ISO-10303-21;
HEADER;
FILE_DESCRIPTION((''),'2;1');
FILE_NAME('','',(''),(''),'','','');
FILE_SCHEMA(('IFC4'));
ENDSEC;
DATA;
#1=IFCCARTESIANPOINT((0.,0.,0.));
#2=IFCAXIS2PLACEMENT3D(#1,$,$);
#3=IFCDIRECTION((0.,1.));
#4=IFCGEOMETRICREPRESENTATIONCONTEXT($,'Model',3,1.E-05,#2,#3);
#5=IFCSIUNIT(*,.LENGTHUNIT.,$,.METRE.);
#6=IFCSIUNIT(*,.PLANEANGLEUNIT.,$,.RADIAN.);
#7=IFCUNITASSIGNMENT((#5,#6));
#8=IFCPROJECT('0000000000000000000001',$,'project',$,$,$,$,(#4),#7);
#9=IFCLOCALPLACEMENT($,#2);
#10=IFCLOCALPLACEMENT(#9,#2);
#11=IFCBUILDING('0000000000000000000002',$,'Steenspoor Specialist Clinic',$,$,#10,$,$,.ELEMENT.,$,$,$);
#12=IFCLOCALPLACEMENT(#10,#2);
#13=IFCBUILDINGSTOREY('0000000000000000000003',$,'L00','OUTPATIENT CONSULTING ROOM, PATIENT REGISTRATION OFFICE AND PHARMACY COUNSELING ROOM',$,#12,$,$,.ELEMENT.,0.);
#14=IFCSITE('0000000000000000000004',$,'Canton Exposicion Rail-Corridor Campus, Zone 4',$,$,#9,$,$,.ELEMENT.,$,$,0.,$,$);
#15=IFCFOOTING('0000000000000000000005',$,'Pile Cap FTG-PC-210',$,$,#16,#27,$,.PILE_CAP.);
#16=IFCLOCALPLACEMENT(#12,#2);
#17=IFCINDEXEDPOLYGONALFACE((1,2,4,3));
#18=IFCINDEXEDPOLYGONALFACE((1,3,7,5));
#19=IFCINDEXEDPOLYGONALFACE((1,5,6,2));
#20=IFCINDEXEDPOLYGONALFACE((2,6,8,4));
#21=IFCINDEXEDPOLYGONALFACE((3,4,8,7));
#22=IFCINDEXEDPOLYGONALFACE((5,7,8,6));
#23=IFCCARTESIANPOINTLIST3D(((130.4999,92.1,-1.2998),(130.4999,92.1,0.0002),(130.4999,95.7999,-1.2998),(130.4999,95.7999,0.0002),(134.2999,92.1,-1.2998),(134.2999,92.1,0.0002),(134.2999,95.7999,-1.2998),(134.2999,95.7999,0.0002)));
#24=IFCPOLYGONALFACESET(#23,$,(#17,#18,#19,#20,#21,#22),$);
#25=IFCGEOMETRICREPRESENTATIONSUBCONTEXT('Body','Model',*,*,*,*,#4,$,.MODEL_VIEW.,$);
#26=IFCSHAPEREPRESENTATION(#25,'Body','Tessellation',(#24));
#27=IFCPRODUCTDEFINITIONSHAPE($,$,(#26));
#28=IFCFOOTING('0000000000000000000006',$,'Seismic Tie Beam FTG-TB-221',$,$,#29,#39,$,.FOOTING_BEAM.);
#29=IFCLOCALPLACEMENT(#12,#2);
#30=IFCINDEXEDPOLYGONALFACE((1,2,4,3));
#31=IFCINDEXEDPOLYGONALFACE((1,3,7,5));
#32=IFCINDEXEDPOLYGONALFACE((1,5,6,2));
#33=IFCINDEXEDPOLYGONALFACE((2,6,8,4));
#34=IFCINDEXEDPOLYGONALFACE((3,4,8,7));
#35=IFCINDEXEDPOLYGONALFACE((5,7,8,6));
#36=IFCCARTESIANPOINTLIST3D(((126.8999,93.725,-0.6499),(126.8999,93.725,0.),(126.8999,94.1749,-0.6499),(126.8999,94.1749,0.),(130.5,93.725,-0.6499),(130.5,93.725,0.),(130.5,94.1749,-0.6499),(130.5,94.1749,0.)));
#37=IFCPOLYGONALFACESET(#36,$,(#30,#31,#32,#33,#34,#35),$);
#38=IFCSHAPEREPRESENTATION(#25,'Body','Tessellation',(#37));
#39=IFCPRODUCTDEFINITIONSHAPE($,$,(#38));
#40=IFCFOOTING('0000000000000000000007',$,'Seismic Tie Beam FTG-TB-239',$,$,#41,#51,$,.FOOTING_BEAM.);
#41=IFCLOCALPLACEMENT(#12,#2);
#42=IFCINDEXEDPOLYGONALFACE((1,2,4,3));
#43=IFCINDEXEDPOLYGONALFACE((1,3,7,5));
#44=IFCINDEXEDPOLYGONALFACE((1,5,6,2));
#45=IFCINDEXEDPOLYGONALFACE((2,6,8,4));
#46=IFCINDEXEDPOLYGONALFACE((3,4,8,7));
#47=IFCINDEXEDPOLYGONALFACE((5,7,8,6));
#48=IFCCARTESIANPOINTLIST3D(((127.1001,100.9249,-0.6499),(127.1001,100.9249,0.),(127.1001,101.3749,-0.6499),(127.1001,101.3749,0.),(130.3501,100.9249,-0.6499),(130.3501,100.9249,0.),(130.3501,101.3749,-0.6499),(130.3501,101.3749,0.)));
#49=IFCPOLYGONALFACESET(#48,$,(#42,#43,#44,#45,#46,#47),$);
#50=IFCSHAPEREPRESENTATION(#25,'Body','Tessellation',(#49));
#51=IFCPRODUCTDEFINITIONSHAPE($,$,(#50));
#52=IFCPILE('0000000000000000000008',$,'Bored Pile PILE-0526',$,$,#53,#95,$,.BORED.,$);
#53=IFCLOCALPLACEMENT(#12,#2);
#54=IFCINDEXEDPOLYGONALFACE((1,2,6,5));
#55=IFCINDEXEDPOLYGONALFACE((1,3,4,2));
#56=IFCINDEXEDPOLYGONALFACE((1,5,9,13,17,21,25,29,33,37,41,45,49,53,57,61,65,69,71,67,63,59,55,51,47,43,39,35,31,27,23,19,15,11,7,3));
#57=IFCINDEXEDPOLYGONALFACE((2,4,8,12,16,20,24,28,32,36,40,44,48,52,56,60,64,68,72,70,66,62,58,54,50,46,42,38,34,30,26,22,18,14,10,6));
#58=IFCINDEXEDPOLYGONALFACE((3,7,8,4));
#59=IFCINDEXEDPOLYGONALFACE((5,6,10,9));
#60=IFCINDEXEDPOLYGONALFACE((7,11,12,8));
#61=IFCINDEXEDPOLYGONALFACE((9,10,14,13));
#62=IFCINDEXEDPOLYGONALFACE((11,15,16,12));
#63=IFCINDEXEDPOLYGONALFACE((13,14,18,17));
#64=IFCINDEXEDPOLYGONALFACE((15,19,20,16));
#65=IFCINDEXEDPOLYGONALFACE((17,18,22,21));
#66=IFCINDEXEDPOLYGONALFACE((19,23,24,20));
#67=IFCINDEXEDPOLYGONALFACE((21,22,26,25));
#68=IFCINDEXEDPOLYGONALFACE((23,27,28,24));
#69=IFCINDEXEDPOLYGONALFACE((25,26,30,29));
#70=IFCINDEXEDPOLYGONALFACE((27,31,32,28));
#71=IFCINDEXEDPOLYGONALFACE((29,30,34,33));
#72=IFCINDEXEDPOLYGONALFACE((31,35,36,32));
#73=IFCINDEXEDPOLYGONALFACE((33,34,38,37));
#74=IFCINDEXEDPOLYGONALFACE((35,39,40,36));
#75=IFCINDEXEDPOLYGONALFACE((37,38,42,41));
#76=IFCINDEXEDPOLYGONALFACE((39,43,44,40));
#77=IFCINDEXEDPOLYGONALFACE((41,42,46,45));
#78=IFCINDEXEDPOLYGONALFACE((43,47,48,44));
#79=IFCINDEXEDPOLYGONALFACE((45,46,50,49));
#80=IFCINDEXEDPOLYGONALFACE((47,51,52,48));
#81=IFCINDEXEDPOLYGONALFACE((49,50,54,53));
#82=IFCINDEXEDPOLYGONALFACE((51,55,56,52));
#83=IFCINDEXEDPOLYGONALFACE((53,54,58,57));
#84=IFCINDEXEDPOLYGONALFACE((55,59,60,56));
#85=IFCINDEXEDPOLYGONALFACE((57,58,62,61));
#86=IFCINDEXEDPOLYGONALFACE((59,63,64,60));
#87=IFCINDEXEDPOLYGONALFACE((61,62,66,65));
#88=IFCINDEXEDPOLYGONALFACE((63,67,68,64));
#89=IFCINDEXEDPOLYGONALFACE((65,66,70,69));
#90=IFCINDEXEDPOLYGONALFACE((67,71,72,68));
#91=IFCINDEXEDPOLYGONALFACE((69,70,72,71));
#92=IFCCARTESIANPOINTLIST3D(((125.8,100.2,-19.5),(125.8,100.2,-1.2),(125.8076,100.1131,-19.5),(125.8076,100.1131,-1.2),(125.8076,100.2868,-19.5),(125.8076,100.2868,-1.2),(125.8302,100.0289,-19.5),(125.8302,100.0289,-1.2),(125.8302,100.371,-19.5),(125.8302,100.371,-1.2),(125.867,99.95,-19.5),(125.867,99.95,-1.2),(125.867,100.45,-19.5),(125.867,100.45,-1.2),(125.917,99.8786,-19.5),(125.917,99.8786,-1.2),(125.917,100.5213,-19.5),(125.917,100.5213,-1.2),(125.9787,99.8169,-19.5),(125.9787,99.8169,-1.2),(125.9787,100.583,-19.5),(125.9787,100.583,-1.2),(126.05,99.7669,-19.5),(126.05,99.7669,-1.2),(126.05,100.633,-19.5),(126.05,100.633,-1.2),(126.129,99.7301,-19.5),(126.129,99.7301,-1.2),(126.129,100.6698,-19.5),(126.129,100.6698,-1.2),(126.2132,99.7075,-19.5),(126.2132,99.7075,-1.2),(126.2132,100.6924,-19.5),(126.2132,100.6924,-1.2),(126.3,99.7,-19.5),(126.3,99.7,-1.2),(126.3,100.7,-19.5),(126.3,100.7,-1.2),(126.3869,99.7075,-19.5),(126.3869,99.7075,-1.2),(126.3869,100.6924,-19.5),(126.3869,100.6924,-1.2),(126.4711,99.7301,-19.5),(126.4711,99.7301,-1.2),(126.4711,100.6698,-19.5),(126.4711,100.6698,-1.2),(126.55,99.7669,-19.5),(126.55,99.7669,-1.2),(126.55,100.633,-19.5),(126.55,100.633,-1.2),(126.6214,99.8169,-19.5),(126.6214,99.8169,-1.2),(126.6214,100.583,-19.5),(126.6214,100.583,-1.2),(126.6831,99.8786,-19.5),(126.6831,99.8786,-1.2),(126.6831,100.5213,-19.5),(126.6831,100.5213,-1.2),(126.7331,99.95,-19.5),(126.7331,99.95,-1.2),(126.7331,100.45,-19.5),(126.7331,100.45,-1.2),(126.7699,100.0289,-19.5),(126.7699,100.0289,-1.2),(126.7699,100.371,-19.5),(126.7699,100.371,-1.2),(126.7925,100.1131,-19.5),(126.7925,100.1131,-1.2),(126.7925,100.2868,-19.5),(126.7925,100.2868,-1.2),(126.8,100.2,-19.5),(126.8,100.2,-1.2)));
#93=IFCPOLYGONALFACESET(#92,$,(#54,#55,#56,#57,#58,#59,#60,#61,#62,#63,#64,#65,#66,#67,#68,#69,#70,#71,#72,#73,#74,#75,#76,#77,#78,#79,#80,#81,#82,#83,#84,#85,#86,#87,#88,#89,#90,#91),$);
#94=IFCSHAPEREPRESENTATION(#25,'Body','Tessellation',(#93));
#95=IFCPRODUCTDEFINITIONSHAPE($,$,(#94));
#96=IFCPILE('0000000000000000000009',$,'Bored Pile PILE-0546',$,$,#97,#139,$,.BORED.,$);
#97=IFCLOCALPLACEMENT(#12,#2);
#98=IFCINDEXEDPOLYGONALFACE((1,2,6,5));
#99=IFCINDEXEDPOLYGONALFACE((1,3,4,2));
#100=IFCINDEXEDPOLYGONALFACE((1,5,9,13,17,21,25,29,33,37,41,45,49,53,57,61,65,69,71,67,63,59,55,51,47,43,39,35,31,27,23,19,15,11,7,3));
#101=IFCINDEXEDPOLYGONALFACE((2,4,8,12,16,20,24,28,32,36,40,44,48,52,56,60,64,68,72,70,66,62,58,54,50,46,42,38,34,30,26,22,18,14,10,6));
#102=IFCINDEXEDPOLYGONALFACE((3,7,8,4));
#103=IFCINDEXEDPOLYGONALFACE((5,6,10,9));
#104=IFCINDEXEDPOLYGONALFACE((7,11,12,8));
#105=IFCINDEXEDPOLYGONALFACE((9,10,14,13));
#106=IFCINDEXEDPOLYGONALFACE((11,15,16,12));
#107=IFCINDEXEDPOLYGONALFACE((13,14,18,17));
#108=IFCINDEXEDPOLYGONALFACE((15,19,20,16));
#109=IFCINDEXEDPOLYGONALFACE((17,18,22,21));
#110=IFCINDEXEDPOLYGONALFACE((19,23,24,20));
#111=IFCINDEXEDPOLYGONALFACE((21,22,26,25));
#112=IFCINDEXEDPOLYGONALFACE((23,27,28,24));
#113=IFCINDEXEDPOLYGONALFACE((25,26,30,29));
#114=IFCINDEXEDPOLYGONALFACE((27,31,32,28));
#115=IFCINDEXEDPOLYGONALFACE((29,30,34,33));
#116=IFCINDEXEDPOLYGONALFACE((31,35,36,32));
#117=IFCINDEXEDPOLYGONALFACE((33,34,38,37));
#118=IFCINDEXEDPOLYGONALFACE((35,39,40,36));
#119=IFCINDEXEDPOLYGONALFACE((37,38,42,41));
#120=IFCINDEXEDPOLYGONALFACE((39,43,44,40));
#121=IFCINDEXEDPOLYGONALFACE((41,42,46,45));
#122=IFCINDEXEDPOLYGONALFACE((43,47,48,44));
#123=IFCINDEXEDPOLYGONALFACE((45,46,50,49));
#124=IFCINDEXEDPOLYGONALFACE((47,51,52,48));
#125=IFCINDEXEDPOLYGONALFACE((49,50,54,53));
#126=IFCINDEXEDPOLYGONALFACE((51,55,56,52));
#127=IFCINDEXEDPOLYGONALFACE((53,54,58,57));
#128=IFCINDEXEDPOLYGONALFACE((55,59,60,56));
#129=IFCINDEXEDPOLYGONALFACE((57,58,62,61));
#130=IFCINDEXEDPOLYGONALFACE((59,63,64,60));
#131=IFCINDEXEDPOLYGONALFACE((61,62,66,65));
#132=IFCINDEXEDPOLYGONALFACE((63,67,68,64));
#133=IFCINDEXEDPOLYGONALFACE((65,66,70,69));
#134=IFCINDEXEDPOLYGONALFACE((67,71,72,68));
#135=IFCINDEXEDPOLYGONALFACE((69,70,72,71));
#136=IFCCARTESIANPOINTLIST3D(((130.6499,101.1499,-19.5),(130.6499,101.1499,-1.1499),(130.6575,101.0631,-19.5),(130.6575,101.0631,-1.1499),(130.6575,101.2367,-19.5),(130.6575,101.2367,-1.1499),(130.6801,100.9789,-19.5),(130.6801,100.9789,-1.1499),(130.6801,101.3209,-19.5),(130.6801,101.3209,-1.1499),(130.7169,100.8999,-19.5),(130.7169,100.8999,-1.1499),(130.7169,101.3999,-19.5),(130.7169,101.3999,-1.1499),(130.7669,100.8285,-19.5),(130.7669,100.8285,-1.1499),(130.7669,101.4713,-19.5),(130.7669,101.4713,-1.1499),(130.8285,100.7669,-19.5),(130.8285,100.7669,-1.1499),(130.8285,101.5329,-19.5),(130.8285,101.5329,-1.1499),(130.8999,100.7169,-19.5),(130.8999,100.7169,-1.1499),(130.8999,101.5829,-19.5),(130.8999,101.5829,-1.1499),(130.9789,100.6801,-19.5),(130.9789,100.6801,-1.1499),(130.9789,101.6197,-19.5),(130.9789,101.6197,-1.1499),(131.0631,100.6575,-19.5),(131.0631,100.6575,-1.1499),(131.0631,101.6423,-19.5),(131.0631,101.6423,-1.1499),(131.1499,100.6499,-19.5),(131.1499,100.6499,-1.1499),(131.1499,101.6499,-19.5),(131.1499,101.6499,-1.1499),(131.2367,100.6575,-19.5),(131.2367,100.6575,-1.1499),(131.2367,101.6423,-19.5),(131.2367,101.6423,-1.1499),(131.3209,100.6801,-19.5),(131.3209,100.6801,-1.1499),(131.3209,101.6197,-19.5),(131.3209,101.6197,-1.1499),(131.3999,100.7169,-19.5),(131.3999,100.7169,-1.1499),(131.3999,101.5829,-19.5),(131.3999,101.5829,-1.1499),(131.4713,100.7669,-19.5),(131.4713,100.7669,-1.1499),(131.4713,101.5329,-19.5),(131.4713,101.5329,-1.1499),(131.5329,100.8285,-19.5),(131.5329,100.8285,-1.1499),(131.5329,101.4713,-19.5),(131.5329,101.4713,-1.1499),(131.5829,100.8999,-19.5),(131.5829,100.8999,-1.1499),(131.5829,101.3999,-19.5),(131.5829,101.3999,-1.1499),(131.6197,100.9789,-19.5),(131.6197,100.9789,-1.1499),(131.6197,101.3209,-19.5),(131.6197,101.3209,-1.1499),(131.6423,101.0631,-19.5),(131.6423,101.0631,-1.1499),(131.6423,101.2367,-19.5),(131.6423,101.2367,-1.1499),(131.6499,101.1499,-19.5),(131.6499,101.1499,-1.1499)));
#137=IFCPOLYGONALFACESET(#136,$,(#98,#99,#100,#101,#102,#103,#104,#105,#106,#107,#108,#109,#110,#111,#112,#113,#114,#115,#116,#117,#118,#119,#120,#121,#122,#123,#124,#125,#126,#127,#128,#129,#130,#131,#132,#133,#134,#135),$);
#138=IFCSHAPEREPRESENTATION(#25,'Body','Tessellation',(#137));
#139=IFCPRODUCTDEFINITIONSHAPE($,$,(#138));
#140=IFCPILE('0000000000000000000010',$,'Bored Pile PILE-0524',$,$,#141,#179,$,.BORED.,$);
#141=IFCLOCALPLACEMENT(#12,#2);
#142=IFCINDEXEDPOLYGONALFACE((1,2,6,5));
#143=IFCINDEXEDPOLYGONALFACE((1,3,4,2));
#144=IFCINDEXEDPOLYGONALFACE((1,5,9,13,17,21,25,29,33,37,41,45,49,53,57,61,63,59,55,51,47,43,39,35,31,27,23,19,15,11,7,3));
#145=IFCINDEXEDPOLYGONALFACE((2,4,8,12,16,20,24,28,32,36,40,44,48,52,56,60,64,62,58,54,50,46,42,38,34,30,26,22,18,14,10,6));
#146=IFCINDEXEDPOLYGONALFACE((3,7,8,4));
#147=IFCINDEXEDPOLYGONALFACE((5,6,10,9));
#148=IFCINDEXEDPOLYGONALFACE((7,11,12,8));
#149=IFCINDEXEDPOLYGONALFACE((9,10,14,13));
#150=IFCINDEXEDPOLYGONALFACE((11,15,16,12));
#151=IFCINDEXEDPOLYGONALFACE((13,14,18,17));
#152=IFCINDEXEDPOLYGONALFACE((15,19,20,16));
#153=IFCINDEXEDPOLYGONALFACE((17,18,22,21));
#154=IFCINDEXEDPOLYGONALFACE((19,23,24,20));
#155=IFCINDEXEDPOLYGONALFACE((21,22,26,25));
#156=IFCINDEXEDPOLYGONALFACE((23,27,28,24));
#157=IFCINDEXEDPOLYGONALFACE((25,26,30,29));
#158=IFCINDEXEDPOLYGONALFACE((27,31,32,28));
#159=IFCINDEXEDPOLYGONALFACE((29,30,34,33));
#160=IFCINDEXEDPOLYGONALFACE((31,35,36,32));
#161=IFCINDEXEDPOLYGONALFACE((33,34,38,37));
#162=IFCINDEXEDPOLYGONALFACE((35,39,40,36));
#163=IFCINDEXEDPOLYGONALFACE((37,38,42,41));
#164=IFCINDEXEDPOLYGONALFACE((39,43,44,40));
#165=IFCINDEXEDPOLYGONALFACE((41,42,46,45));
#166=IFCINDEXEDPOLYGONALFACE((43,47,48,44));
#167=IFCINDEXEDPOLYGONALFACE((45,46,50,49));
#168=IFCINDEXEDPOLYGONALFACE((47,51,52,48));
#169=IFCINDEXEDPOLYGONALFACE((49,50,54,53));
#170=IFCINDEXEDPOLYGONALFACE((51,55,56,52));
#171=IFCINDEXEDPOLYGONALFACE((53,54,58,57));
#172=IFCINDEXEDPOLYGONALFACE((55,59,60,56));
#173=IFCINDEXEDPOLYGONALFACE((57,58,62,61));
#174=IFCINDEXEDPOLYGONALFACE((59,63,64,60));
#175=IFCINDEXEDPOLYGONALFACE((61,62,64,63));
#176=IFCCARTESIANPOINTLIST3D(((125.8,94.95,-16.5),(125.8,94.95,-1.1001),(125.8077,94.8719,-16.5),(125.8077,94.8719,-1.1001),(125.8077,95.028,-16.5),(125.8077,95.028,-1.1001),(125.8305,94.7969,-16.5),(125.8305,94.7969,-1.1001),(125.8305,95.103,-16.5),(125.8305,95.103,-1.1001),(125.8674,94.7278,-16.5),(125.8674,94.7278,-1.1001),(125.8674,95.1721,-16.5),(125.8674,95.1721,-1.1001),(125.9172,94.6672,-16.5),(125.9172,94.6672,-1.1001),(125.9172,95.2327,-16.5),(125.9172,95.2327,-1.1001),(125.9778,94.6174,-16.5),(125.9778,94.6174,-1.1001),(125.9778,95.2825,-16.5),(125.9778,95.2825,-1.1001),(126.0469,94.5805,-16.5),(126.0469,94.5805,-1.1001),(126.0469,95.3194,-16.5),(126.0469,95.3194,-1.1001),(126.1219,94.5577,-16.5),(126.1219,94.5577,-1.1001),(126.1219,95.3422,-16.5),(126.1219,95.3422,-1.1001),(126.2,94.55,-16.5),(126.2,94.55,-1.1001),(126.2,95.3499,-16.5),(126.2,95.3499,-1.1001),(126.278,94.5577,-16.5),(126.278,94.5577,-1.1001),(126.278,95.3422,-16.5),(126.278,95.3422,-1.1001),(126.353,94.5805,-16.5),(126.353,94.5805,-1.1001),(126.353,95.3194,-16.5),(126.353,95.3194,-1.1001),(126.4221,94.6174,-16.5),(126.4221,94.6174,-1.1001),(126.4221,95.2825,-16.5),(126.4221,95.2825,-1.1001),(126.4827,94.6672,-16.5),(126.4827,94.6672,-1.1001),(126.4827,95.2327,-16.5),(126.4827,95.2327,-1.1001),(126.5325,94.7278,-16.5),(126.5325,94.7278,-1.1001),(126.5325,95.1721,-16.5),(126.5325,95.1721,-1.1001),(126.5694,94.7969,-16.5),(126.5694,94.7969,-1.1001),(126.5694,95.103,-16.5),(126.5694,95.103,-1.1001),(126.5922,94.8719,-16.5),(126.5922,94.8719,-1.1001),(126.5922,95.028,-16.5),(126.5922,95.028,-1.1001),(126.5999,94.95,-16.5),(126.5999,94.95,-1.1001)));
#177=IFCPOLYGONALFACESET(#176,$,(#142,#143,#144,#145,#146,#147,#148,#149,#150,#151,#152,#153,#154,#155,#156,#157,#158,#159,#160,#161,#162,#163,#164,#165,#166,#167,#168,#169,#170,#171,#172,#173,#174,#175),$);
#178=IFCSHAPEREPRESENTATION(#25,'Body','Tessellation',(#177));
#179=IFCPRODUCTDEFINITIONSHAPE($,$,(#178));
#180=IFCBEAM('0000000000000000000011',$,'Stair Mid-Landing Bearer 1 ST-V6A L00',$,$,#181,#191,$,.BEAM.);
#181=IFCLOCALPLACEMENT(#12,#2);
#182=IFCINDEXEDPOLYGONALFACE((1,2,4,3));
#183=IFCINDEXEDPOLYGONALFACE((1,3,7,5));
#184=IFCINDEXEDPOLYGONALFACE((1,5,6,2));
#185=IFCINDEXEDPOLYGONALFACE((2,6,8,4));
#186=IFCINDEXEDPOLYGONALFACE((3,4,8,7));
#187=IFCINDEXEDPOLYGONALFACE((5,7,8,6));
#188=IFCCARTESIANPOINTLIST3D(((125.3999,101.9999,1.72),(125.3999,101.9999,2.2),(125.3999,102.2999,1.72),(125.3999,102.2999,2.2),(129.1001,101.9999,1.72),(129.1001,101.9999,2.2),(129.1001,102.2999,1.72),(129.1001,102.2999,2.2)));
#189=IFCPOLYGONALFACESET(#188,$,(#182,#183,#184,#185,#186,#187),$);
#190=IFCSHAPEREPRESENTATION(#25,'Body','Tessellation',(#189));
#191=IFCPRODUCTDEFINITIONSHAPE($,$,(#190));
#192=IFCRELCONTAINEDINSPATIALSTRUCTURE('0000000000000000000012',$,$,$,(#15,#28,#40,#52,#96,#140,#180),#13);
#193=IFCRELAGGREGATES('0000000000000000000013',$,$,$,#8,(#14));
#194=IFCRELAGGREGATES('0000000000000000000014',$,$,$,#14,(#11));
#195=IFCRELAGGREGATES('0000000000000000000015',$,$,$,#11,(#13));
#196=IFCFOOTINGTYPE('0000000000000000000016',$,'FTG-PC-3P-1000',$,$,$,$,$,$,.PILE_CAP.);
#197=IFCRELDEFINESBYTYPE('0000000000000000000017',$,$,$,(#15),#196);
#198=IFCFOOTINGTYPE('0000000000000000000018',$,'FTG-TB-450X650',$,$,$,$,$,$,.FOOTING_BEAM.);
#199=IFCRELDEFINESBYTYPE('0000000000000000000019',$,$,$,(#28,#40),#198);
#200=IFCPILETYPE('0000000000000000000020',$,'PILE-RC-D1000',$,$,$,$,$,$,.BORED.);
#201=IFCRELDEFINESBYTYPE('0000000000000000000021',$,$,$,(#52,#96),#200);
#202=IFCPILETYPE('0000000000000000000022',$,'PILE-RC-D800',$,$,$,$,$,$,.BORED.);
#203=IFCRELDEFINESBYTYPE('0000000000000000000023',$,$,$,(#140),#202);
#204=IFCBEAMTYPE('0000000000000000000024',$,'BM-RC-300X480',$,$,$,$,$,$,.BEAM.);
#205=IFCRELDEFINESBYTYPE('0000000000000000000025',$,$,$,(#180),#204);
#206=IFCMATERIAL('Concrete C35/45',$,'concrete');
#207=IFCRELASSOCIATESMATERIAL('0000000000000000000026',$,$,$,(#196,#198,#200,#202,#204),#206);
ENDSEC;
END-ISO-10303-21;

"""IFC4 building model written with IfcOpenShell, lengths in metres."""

from ifc_helpers import new_model, si_unit, direction, frame, origin, origin_2d, place, context, subcontext, project, spatial, rectangle, circle, extrude, material, material_profile, profile_set, type_object, element, save


model = new_model("IFC4")

# Units and contexts
model_context = context("Model", 3, precision=1e-05, world=origin(), true_north=direction((0.0, 1.0)))
body_context = subcontext(model_context, "Body", "Model", "MODEL_VIEW")
ifc_project = project(units=[si_unit("LENGTHUNIT", "METRE"), si_unit("PLANEANGLEUNIT", "RADIAN")], contexts=[model_context])

# Site, building, storey
site_placement = place(None, origin())
site = spatial("IfcSite", under=ifc_project, at=site_placement, Name="Canton Exposicion Rail-Corridor Campus, Zone 4", CompositionType="ELEMENT", RefElevation=0.0)
building_placement = place(site_placement, origin())
building = spatial("IfcBuilding", under=site, at=building_placement, Name="Steenspoor Specialist Clinic", CompositionType="ELEMENT")
storey_placement = place(building_placement, origin())
storey = spatial("IfcBuildingStorey", under=building, at=storey_placement, Name="L00", Description="OUTPATIENT CONSULTING ROOM, PATIENT REGISTRATION OFFICE AND PHARMACY COUNSELING ROOM", CompositionType="ELEMENT", Elevation=0.0)

# Footings
ifc_material_1 = material(Name="Concrete C35/45", Category="concrete")
footing_type_1 = type_object("IfcFootingType", Name="FTG-PC-3P-1000", PredefinedType="PILE_CAP", material=ifc_material_1)
footing_1_placement = place(storey_placement, frame((132.3999, 93.95, -1.2998), z_axis=(0.0, 0.0, 1.0), x_axis=(1.0, 0.0, 0.0)))
element("IfcFooting", 1, at=footing_1_placement, inside=storey, type_object=footing_type_1, Name="Pile Cap FTG-PC-210", PredefinedType="PILE_CAP", context=body_context, shape_type="SweptSolid", body=[
    extrude(rectangle(XDim=3.8, YDim=3.7, at=origin_2d()), origin(), (0.0, 0.0, 1.0), 1.3),
])
footing_type_2 = type_object("IfcFootingType", Name="FTG-TB-450X650", PredefinedType="FOOTING_BEAM", material=ifc_material_1)
footing_2_placement = place(storey_placement, frame((128.7, 93.95, -0.6499), z_axis=(0.0, 0.0, 1.0), x_axis=(1.0, 0.0, 0.0)))
element("IfcFooting", 2, at=footing_2_placement, inside=storey, type_object=footing_type_2, Name="Seismic Tie Beam FTG-TB-221", PredefinedType="FOOTING_BEAM", context=body_context, shape_type="SweptSolid", body=[
    extrude(rectangle(XDim=3.6001, YDim=0.45, at=origin_2d()), origin(), (0.0, 0.0, 1.0), 0.6499),
])
footing_3_placement = place(storey_placement, frame((128.7251, 101.1499, -0.6499), z_axis=(0.0, 0.0, 1.0), x_axis=(1.0, 0.0, 0.0)))
element("IfcFooting", 3, at=footing_3_placement, inside=storey, type_object=footing_type_2, Name="Seismic Tie Beam FTG-TB-239", PredefinedType="FOOTING_BEAM", context=body_context, shape_type="SweptSolid", body=[
    extrude(rectangle(XDim=3.25, YDim=0.45, at=origin_2d()), origin(), (0.0, 0.0, 1.0), 0.6499),
])

# Piles
ifc_material_profile_1 = material_profile(ifc_material_1, circle(Radius=0.5, at=origin_2d()), Name="PILE-D1000")
ifc_profile_set_1 = profile_set([ifc_material_profile_1], Name="Concrete C35/45")
pile_type_1 = type_object("IfcPileType", Name="PILE-RC-D1000", PredefinedType="BORED", material=ifc_profile_set_1)
pile_1_placement = place(storey_placement, frame((126.3, 100.2, -1.2), z_axis=(0.0, 0.0, -1.0), x_axis=(1.0, 0.0, 0.0)))
element("IfcPile", 4, at=pile_1_placement, inside=storey, type_object=pile_type_1, Name="Bored Pile PILE-0526", PredefinedType="BORED", context=body_context, shape_type="SweptSolid", body=[
    extrude(circle(Radius=0.5, at=origin_2d()), origin(), (0.0, 0.0, 1.0), 18.3),
])
pile_2_placement = place(storey_placement, frame((131.1499, 101.1499, -1.1499), z_axis=(0.0, 0.0, -1.0), x_axis=(1.0, 0.0, 0.0)))
element("IfcPile", 5, at=pile_2_placement, inside=storey, type_object=pile_type_1, Name="Bored Pile PILE-0546", PredefinedType="BORED", context=body_context, shape_type="SweptSolid", body=[
    extrude(circle(Radius=0.5, at=origin_2d()), origin(), (0.0, 0.0, 1.0), 18.3501),
])
ifc_material_profile_2 = material_profile(ifc_material_1, circle(Radius=0.3999, at=origin_2d()), Name="PILE-D800")
ifc_profile_set_2 = profile_set([ifc_material_profile_2], Name="Concrete C35/45")
pile_type_2 = type_object("IfcPileType", Name="PILE-RC-D800", PredefinedType="BORED", material=ifc_profile_set_2)
pile_3_placement = place(storey_placement, frame((126.2, 94.95, -1.1001), z_axis=(0.0, 0.0, -1.0), x_axis=(1.0, 0.0, 0.0)))
element("IfcPile", 6, at=pile_3_placement, inside=storey, type_object=pile_type_2, Name="Bored Pile PILE-0524", PredefinedType="BORED", context=body_context, shape_type="SweptSolid", body=[
    extrude(circle(Radius=0.3999, at=origin_2d()), origin(), (0.0, 0.0, 1.0), 15.3999),
])

# Beam
ifc_material_profile_3 = material_profile(ifc_material_1, rectangle(XDim=0.3, YDim=0.48, at=origin_2d()), Name="RC-BM-300X480")
ifc_profile_set_3 = profile_set([ifc_material_profile_3], Name="Concrete C35/45")
beam_type_1 = type_object("IfcBeamType", Name="BM-RC-300X480", PredefinedType="BEAM", material=ifc_profile_set_3)
for number, where, z_axis, x_axis, name in (
    (7, (125.3999, 102.1499, 1.96), (1.0, 0.0, 0.0), (0.0, 1.0, 0.0), "Stair Mid-Landing Bearer 1 ST-V6A L00"),
):
    element("IfcBeam", number, at=place(storey_placement, frame(where, z_axis=z_axis, x_axis=x_axis)), inside=storey, type_object=beam_type_1, Name=name, PredefinedType="BEAM", context=body_context, shape_type="SweptSolid", body=[
        extrude(rectangle(XDim=0.3, YDim=0.48, at=origin_2d()), origin(), (0.0, 0.0, 1.0), 3.7002),
    ])

save(model, "model.ifc")
